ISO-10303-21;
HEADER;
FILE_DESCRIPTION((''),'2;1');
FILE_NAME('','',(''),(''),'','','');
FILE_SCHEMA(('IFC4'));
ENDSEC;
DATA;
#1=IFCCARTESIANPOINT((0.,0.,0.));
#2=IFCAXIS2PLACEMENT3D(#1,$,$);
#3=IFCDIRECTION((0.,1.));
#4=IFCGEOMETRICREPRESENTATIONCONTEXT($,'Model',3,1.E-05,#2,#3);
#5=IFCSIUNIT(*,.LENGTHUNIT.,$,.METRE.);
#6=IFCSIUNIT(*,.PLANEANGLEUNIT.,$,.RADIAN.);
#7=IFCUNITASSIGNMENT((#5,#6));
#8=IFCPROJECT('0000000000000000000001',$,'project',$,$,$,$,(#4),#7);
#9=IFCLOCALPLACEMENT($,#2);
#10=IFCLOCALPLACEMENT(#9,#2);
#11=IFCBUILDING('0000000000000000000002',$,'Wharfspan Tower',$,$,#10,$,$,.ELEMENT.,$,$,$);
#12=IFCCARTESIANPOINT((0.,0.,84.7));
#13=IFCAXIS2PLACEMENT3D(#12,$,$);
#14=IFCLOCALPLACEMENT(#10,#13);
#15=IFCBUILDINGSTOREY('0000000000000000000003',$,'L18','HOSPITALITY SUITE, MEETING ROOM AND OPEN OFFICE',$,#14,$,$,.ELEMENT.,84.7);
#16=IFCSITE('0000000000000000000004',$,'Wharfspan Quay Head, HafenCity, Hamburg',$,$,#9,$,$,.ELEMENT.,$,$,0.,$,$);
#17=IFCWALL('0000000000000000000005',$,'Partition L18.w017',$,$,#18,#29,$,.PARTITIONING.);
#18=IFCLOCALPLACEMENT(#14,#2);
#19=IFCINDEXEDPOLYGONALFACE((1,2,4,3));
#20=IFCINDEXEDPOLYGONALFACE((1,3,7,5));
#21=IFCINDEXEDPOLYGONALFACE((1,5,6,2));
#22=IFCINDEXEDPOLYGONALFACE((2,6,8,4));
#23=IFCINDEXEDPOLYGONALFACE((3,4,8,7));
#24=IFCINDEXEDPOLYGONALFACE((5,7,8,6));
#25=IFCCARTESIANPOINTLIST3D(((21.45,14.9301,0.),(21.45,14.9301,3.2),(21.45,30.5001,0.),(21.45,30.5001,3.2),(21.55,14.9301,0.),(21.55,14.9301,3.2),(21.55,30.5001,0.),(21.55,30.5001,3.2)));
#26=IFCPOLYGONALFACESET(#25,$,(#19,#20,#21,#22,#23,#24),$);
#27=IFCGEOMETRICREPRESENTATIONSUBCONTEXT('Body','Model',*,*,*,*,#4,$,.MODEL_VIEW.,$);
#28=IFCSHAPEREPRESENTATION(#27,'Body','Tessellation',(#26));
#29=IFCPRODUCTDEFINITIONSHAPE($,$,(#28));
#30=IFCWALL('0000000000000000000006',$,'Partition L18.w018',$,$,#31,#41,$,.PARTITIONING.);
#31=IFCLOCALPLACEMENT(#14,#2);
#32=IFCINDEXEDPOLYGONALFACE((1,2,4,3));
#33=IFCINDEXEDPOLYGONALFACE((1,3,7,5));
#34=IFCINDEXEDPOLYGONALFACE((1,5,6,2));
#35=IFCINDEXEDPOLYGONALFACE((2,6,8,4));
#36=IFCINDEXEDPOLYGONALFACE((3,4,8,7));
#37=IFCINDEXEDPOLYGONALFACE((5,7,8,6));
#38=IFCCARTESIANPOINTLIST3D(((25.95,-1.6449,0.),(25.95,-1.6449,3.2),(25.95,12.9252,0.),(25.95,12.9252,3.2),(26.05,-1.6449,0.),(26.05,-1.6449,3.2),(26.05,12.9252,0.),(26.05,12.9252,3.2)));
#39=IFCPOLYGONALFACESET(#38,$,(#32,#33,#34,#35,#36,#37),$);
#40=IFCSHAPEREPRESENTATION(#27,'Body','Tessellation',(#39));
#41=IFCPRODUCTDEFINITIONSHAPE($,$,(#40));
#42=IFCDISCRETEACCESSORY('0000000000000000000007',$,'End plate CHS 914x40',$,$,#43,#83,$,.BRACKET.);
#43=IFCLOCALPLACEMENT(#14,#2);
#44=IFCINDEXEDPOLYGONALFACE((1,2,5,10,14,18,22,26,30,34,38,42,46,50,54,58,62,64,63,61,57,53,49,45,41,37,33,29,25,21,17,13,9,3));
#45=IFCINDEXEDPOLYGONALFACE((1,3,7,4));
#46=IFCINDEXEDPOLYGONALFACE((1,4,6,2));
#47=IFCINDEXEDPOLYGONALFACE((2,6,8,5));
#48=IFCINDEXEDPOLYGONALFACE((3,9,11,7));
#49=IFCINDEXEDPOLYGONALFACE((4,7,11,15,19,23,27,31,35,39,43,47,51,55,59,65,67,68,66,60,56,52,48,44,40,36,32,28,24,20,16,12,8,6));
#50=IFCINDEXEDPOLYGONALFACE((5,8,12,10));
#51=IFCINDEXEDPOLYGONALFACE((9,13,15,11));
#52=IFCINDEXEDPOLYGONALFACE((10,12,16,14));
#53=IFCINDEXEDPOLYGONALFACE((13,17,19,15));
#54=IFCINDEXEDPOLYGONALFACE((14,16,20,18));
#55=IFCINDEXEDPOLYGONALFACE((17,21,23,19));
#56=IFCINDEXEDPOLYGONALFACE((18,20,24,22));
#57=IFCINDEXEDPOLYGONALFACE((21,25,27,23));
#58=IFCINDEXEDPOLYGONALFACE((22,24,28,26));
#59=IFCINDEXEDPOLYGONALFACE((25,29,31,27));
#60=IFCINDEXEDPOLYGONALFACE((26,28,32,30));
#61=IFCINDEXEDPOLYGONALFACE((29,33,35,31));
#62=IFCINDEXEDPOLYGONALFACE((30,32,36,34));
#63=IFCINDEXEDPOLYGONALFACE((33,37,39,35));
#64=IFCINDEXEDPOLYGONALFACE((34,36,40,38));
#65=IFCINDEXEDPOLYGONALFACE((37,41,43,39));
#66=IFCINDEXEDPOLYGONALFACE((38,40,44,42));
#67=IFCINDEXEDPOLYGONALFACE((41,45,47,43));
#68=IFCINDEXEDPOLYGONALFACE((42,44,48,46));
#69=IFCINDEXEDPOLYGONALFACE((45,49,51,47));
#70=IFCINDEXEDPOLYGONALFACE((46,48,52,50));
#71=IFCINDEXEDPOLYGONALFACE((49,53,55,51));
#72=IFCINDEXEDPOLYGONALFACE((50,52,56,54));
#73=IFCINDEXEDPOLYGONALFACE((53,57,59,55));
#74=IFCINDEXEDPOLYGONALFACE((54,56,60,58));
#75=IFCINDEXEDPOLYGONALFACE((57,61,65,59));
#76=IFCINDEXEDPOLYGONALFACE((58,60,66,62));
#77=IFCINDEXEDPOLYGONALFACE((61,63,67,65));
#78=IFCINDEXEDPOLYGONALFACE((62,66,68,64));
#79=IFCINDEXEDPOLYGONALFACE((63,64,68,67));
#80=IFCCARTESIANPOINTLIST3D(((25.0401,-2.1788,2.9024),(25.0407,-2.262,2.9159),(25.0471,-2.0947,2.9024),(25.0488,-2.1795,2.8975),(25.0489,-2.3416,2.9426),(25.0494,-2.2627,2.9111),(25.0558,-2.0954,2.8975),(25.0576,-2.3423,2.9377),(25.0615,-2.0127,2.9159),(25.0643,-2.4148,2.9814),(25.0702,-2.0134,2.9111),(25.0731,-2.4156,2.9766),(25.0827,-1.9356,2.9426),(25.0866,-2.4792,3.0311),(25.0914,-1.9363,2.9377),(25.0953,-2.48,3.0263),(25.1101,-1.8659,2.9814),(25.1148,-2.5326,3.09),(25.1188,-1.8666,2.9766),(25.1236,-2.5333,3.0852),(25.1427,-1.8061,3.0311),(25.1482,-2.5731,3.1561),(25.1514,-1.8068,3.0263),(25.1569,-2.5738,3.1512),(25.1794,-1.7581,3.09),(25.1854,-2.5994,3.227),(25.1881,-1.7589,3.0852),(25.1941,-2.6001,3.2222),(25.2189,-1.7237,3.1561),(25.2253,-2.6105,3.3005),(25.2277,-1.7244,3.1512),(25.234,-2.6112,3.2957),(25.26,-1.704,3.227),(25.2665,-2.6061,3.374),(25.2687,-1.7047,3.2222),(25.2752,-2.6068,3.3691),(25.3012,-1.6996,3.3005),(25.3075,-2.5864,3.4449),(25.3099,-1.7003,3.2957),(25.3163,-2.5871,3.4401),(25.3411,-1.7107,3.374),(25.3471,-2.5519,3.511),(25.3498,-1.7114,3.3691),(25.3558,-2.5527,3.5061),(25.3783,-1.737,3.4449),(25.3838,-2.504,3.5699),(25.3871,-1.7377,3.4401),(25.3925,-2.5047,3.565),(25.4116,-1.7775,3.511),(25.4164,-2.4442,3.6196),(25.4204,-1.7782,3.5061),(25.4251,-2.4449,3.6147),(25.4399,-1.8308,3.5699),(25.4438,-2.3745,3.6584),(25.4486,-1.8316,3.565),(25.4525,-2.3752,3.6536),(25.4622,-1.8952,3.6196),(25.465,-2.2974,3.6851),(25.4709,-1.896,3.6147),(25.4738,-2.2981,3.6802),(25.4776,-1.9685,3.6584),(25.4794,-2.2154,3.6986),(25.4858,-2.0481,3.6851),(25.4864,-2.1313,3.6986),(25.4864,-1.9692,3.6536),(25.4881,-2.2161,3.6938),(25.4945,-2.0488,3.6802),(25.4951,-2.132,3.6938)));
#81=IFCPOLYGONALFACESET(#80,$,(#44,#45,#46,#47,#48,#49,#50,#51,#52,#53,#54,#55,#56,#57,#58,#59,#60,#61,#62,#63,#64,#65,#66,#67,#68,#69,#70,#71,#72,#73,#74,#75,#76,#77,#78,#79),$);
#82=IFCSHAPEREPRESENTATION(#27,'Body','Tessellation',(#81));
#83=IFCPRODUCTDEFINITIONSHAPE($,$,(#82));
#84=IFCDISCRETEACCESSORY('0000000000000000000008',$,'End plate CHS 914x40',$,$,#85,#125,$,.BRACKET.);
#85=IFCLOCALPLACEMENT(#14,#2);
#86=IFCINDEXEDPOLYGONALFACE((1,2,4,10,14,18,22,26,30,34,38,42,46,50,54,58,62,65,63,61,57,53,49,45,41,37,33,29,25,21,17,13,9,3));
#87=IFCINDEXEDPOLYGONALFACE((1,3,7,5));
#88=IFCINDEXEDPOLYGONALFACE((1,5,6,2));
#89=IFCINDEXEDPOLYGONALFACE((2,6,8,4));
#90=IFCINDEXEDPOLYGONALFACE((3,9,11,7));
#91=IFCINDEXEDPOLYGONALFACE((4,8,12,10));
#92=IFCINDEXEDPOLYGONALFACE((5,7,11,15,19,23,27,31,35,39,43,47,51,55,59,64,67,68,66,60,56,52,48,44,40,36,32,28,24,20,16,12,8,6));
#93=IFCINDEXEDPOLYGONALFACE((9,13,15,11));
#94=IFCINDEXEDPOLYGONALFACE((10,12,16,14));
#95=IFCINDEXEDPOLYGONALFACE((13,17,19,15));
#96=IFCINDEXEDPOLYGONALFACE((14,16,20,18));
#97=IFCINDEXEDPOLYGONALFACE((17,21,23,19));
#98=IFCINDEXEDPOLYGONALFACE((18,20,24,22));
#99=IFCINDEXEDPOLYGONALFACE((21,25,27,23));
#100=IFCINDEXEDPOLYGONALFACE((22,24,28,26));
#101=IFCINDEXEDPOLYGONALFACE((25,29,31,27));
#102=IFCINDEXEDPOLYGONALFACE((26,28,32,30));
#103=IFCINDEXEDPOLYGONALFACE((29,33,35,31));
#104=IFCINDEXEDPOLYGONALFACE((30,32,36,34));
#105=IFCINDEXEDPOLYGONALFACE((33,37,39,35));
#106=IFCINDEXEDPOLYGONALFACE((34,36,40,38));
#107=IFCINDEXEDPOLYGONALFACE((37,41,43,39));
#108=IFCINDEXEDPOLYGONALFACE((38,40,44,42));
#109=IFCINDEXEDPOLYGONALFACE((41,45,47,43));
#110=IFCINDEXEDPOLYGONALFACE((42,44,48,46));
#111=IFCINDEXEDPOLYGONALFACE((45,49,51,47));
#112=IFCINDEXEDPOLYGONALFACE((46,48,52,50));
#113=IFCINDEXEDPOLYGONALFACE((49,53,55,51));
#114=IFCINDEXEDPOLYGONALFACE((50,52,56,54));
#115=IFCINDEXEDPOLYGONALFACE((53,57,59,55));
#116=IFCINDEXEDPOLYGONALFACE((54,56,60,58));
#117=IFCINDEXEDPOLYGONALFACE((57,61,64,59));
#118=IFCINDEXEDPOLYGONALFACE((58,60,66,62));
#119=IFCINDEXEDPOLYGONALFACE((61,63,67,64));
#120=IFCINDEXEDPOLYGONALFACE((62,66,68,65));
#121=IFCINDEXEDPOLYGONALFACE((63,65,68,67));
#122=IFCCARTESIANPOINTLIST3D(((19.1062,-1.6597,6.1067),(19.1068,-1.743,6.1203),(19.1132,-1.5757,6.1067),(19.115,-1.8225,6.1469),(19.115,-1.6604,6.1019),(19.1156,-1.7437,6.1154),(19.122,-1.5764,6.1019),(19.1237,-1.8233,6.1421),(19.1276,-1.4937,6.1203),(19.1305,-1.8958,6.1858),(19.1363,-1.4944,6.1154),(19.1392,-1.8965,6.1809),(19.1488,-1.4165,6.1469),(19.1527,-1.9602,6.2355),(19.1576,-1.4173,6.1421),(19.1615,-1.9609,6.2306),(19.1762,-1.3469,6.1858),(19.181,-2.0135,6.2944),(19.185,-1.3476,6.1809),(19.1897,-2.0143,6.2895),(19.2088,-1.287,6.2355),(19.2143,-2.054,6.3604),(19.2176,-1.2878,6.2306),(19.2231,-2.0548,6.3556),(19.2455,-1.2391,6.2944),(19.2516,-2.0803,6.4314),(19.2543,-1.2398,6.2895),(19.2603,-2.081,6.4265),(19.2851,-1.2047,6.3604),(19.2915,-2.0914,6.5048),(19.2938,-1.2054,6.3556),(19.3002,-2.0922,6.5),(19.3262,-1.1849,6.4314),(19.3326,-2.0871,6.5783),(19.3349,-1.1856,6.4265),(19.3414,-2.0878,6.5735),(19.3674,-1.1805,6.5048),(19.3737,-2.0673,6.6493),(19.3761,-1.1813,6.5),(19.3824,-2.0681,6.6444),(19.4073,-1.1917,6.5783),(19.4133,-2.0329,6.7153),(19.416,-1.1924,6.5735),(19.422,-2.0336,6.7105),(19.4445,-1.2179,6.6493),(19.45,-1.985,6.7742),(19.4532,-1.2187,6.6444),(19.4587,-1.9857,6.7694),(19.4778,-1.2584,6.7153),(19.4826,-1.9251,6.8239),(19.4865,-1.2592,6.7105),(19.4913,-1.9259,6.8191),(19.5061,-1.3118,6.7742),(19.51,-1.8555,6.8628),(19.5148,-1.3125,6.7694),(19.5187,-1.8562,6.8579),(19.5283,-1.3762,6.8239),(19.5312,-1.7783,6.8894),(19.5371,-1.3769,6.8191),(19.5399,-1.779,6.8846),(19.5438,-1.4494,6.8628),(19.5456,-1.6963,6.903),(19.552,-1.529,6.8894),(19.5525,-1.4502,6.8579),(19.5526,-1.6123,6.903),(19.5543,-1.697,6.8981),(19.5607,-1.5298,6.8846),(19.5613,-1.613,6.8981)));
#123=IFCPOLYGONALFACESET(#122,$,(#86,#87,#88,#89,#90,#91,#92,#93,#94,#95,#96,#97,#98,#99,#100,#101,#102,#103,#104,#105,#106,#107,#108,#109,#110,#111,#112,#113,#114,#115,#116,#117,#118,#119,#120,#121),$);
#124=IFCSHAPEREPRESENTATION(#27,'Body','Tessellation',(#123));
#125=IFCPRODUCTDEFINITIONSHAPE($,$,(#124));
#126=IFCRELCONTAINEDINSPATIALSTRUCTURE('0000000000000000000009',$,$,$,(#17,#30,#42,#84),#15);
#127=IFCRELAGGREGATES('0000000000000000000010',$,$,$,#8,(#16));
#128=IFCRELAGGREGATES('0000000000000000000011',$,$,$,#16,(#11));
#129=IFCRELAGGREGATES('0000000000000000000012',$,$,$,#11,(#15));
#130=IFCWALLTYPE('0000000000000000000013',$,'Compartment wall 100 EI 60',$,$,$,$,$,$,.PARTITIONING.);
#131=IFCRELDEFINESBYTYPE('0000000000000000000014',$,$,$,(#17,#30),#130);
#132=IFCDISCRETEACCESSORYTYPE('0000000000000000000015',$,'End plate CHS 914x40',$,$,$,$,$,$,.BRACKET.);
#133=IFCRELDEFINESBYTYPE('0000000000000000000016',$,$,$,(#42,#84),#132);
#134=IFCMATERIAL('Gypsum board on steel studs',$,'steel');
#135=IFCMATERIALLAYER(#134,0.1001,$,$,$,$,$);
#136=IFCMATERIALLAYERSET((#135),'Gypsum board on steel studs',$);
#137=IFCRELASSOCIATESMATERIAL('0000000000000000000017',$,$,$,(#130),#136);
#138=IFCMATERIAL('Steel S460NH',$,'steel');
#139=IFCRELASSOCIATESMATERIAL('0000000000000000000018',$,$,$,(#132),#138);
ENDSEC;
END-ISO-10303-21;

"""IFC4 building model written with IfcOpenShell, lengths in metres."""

from ifc_helpers import new_model, si_unit, direction, frame, frame_2d, origin, origin_2d, place, context, subcontext, project, spatial, rectangle, circle, extrude, material, layer, layer_set, material_profile, profile_set, type_object, element, save


model = new_model("IFC4")

# Units and contexts
model_context = context("Model", 3, precision=1e-05, world=origin(), true_north=direction((0.0, 1.0)))
body_context = subcontext(model_context, "Body", "Model", "MODEL_VIEW")
ifc_project = project(units=[si_unit("LENGTHUNIT", "METRE"), si_unit("PLANEANGLEUNIT", "RADIAN")], contexts=[model_context])

# Site, building, storey
site_placement = place(None, origin())
site = spatial("IfcSite", under=ifc_project, at=site_placement, Name="Wharfspan Quay Head, HafenCity, Hamburg", CompositionType="ELEMENT", RefElevation=0.0)
building_placement = place(site_placement, origin())
building = spatial("IfcBuilding", under=site, at=building_placement, Name="Wharfspan Tower", CompositionType="ELEMENT")
storey_placement = place(building_placement, frame((0.0, 0.0, 84.7)))
storey = spatial("IfcBuildingStorey", under=building, at=storey_placement, Name="L18", Description="HOSPITALITY SUITE, MEETING ROOM AND OPEN OFFICE", CompositionType="ELEMENT", Elevation=84.7)

# Shared definitions
ifc_material_1 = material(Name="Steel S460NH", Category="steel")

# Shared definitions
ifc_material_2 = material(Name="Gypsum board on steel studs", Category="steel")
ifc_layer_1 = layer(ifc_material_2, 0.1001)
ifc_layer_set_1 = layer_set([ifc_layer_1], Name="Gypsum board on steel studs")
wall_type = type_object("IfcWallType", Name="Compartment wall 100 EI 60", PredefinedType="PARTITIONING", material=ifc_layer_set_1)

# Walls
wall_1_placement = place(storey_placement, frame((21.5, 14.9299, 0.0), z_axis=(0.0, 0.0, 1.0), x_axis=(0.0, 1.0, 0.0)))
element("IfcWall", 1, at=wall_1_placement, inside=storey, type_object=wall_type, Name="Partition L18.w017", PredefinedType="PARTITIONING", context=body_context, shape_type="SweptSolid", body=[
    extrude(rectangle(XDim=15.5701, YDim=0.1001, at=frame_2d((7.7852, 0.0))), origin(), (0.0, 0.0, 1.0), 3.2),
])
wall_2_placement = place(storey_placement, frame((26.0, -1.645, 0.0), z_axis=(0.0, 0.0, 1.0), x_axis=(0.0, 1.0, 0.0)))
element("IfcWall", 2, at=wall_2_placement, inside=storey, type_object=wall_type, Name="Partition L18.w018", PredefinedType="PARTITIONING", context=body_context, shape_type="SweptSolid", body=[
    extrude(rectangle(XDim=14.5701, YDim=0.1001, at=frame_2d((7.2852, 0.0))), origin(), (0.0, 0.0, 1.0), 3.2),
])

# Discrete accessories
ifc_material_profile_1 = material_profile(ifc_material_1, circle(Radius=0.457, at=origin_2d()))
ifc_profile_set_1 = profile_set([ifc_material_profile_1], Name="Steel S460NH")
discrete_accessory_type = type_object("IfcDiscreteAccessoryType", Name="End plate CHS 914x40", PredefinedType="BRACKET", material=ifc_profile_set_1)
for number, where, z_axis, x_axis, name in (
    (3, (25.272, -2.1558, 3.2957), (-0.871847, 0.072654, 0.484359), (-0.083044, -0.996547, 0.000003), "End plate CHS 914x40"),
    (4, (19.3381, -1.6367, 6.5), (-0.871847, 0.072654, 0.484359), (-0.083044, -0.996547, 0.000003), "End plate CHS 914x40"),
):
    element("IfcDiscreteAccessory", number, at=place(storey_placement, frame(where, z_axis=z_axis, x_axis=x_axis)), inside=storey, type_object=discrete_accessory_type, Name=name, PredefinedType="BRACKET", context=body_context, shape_type="SweptSolid", body=[
        extrude(circle(Radius=0.457, at=origin_2d()), origin(), (0.0, 0.0, 1.0), 0.01),
    ])

save(model, "model.ifc")
